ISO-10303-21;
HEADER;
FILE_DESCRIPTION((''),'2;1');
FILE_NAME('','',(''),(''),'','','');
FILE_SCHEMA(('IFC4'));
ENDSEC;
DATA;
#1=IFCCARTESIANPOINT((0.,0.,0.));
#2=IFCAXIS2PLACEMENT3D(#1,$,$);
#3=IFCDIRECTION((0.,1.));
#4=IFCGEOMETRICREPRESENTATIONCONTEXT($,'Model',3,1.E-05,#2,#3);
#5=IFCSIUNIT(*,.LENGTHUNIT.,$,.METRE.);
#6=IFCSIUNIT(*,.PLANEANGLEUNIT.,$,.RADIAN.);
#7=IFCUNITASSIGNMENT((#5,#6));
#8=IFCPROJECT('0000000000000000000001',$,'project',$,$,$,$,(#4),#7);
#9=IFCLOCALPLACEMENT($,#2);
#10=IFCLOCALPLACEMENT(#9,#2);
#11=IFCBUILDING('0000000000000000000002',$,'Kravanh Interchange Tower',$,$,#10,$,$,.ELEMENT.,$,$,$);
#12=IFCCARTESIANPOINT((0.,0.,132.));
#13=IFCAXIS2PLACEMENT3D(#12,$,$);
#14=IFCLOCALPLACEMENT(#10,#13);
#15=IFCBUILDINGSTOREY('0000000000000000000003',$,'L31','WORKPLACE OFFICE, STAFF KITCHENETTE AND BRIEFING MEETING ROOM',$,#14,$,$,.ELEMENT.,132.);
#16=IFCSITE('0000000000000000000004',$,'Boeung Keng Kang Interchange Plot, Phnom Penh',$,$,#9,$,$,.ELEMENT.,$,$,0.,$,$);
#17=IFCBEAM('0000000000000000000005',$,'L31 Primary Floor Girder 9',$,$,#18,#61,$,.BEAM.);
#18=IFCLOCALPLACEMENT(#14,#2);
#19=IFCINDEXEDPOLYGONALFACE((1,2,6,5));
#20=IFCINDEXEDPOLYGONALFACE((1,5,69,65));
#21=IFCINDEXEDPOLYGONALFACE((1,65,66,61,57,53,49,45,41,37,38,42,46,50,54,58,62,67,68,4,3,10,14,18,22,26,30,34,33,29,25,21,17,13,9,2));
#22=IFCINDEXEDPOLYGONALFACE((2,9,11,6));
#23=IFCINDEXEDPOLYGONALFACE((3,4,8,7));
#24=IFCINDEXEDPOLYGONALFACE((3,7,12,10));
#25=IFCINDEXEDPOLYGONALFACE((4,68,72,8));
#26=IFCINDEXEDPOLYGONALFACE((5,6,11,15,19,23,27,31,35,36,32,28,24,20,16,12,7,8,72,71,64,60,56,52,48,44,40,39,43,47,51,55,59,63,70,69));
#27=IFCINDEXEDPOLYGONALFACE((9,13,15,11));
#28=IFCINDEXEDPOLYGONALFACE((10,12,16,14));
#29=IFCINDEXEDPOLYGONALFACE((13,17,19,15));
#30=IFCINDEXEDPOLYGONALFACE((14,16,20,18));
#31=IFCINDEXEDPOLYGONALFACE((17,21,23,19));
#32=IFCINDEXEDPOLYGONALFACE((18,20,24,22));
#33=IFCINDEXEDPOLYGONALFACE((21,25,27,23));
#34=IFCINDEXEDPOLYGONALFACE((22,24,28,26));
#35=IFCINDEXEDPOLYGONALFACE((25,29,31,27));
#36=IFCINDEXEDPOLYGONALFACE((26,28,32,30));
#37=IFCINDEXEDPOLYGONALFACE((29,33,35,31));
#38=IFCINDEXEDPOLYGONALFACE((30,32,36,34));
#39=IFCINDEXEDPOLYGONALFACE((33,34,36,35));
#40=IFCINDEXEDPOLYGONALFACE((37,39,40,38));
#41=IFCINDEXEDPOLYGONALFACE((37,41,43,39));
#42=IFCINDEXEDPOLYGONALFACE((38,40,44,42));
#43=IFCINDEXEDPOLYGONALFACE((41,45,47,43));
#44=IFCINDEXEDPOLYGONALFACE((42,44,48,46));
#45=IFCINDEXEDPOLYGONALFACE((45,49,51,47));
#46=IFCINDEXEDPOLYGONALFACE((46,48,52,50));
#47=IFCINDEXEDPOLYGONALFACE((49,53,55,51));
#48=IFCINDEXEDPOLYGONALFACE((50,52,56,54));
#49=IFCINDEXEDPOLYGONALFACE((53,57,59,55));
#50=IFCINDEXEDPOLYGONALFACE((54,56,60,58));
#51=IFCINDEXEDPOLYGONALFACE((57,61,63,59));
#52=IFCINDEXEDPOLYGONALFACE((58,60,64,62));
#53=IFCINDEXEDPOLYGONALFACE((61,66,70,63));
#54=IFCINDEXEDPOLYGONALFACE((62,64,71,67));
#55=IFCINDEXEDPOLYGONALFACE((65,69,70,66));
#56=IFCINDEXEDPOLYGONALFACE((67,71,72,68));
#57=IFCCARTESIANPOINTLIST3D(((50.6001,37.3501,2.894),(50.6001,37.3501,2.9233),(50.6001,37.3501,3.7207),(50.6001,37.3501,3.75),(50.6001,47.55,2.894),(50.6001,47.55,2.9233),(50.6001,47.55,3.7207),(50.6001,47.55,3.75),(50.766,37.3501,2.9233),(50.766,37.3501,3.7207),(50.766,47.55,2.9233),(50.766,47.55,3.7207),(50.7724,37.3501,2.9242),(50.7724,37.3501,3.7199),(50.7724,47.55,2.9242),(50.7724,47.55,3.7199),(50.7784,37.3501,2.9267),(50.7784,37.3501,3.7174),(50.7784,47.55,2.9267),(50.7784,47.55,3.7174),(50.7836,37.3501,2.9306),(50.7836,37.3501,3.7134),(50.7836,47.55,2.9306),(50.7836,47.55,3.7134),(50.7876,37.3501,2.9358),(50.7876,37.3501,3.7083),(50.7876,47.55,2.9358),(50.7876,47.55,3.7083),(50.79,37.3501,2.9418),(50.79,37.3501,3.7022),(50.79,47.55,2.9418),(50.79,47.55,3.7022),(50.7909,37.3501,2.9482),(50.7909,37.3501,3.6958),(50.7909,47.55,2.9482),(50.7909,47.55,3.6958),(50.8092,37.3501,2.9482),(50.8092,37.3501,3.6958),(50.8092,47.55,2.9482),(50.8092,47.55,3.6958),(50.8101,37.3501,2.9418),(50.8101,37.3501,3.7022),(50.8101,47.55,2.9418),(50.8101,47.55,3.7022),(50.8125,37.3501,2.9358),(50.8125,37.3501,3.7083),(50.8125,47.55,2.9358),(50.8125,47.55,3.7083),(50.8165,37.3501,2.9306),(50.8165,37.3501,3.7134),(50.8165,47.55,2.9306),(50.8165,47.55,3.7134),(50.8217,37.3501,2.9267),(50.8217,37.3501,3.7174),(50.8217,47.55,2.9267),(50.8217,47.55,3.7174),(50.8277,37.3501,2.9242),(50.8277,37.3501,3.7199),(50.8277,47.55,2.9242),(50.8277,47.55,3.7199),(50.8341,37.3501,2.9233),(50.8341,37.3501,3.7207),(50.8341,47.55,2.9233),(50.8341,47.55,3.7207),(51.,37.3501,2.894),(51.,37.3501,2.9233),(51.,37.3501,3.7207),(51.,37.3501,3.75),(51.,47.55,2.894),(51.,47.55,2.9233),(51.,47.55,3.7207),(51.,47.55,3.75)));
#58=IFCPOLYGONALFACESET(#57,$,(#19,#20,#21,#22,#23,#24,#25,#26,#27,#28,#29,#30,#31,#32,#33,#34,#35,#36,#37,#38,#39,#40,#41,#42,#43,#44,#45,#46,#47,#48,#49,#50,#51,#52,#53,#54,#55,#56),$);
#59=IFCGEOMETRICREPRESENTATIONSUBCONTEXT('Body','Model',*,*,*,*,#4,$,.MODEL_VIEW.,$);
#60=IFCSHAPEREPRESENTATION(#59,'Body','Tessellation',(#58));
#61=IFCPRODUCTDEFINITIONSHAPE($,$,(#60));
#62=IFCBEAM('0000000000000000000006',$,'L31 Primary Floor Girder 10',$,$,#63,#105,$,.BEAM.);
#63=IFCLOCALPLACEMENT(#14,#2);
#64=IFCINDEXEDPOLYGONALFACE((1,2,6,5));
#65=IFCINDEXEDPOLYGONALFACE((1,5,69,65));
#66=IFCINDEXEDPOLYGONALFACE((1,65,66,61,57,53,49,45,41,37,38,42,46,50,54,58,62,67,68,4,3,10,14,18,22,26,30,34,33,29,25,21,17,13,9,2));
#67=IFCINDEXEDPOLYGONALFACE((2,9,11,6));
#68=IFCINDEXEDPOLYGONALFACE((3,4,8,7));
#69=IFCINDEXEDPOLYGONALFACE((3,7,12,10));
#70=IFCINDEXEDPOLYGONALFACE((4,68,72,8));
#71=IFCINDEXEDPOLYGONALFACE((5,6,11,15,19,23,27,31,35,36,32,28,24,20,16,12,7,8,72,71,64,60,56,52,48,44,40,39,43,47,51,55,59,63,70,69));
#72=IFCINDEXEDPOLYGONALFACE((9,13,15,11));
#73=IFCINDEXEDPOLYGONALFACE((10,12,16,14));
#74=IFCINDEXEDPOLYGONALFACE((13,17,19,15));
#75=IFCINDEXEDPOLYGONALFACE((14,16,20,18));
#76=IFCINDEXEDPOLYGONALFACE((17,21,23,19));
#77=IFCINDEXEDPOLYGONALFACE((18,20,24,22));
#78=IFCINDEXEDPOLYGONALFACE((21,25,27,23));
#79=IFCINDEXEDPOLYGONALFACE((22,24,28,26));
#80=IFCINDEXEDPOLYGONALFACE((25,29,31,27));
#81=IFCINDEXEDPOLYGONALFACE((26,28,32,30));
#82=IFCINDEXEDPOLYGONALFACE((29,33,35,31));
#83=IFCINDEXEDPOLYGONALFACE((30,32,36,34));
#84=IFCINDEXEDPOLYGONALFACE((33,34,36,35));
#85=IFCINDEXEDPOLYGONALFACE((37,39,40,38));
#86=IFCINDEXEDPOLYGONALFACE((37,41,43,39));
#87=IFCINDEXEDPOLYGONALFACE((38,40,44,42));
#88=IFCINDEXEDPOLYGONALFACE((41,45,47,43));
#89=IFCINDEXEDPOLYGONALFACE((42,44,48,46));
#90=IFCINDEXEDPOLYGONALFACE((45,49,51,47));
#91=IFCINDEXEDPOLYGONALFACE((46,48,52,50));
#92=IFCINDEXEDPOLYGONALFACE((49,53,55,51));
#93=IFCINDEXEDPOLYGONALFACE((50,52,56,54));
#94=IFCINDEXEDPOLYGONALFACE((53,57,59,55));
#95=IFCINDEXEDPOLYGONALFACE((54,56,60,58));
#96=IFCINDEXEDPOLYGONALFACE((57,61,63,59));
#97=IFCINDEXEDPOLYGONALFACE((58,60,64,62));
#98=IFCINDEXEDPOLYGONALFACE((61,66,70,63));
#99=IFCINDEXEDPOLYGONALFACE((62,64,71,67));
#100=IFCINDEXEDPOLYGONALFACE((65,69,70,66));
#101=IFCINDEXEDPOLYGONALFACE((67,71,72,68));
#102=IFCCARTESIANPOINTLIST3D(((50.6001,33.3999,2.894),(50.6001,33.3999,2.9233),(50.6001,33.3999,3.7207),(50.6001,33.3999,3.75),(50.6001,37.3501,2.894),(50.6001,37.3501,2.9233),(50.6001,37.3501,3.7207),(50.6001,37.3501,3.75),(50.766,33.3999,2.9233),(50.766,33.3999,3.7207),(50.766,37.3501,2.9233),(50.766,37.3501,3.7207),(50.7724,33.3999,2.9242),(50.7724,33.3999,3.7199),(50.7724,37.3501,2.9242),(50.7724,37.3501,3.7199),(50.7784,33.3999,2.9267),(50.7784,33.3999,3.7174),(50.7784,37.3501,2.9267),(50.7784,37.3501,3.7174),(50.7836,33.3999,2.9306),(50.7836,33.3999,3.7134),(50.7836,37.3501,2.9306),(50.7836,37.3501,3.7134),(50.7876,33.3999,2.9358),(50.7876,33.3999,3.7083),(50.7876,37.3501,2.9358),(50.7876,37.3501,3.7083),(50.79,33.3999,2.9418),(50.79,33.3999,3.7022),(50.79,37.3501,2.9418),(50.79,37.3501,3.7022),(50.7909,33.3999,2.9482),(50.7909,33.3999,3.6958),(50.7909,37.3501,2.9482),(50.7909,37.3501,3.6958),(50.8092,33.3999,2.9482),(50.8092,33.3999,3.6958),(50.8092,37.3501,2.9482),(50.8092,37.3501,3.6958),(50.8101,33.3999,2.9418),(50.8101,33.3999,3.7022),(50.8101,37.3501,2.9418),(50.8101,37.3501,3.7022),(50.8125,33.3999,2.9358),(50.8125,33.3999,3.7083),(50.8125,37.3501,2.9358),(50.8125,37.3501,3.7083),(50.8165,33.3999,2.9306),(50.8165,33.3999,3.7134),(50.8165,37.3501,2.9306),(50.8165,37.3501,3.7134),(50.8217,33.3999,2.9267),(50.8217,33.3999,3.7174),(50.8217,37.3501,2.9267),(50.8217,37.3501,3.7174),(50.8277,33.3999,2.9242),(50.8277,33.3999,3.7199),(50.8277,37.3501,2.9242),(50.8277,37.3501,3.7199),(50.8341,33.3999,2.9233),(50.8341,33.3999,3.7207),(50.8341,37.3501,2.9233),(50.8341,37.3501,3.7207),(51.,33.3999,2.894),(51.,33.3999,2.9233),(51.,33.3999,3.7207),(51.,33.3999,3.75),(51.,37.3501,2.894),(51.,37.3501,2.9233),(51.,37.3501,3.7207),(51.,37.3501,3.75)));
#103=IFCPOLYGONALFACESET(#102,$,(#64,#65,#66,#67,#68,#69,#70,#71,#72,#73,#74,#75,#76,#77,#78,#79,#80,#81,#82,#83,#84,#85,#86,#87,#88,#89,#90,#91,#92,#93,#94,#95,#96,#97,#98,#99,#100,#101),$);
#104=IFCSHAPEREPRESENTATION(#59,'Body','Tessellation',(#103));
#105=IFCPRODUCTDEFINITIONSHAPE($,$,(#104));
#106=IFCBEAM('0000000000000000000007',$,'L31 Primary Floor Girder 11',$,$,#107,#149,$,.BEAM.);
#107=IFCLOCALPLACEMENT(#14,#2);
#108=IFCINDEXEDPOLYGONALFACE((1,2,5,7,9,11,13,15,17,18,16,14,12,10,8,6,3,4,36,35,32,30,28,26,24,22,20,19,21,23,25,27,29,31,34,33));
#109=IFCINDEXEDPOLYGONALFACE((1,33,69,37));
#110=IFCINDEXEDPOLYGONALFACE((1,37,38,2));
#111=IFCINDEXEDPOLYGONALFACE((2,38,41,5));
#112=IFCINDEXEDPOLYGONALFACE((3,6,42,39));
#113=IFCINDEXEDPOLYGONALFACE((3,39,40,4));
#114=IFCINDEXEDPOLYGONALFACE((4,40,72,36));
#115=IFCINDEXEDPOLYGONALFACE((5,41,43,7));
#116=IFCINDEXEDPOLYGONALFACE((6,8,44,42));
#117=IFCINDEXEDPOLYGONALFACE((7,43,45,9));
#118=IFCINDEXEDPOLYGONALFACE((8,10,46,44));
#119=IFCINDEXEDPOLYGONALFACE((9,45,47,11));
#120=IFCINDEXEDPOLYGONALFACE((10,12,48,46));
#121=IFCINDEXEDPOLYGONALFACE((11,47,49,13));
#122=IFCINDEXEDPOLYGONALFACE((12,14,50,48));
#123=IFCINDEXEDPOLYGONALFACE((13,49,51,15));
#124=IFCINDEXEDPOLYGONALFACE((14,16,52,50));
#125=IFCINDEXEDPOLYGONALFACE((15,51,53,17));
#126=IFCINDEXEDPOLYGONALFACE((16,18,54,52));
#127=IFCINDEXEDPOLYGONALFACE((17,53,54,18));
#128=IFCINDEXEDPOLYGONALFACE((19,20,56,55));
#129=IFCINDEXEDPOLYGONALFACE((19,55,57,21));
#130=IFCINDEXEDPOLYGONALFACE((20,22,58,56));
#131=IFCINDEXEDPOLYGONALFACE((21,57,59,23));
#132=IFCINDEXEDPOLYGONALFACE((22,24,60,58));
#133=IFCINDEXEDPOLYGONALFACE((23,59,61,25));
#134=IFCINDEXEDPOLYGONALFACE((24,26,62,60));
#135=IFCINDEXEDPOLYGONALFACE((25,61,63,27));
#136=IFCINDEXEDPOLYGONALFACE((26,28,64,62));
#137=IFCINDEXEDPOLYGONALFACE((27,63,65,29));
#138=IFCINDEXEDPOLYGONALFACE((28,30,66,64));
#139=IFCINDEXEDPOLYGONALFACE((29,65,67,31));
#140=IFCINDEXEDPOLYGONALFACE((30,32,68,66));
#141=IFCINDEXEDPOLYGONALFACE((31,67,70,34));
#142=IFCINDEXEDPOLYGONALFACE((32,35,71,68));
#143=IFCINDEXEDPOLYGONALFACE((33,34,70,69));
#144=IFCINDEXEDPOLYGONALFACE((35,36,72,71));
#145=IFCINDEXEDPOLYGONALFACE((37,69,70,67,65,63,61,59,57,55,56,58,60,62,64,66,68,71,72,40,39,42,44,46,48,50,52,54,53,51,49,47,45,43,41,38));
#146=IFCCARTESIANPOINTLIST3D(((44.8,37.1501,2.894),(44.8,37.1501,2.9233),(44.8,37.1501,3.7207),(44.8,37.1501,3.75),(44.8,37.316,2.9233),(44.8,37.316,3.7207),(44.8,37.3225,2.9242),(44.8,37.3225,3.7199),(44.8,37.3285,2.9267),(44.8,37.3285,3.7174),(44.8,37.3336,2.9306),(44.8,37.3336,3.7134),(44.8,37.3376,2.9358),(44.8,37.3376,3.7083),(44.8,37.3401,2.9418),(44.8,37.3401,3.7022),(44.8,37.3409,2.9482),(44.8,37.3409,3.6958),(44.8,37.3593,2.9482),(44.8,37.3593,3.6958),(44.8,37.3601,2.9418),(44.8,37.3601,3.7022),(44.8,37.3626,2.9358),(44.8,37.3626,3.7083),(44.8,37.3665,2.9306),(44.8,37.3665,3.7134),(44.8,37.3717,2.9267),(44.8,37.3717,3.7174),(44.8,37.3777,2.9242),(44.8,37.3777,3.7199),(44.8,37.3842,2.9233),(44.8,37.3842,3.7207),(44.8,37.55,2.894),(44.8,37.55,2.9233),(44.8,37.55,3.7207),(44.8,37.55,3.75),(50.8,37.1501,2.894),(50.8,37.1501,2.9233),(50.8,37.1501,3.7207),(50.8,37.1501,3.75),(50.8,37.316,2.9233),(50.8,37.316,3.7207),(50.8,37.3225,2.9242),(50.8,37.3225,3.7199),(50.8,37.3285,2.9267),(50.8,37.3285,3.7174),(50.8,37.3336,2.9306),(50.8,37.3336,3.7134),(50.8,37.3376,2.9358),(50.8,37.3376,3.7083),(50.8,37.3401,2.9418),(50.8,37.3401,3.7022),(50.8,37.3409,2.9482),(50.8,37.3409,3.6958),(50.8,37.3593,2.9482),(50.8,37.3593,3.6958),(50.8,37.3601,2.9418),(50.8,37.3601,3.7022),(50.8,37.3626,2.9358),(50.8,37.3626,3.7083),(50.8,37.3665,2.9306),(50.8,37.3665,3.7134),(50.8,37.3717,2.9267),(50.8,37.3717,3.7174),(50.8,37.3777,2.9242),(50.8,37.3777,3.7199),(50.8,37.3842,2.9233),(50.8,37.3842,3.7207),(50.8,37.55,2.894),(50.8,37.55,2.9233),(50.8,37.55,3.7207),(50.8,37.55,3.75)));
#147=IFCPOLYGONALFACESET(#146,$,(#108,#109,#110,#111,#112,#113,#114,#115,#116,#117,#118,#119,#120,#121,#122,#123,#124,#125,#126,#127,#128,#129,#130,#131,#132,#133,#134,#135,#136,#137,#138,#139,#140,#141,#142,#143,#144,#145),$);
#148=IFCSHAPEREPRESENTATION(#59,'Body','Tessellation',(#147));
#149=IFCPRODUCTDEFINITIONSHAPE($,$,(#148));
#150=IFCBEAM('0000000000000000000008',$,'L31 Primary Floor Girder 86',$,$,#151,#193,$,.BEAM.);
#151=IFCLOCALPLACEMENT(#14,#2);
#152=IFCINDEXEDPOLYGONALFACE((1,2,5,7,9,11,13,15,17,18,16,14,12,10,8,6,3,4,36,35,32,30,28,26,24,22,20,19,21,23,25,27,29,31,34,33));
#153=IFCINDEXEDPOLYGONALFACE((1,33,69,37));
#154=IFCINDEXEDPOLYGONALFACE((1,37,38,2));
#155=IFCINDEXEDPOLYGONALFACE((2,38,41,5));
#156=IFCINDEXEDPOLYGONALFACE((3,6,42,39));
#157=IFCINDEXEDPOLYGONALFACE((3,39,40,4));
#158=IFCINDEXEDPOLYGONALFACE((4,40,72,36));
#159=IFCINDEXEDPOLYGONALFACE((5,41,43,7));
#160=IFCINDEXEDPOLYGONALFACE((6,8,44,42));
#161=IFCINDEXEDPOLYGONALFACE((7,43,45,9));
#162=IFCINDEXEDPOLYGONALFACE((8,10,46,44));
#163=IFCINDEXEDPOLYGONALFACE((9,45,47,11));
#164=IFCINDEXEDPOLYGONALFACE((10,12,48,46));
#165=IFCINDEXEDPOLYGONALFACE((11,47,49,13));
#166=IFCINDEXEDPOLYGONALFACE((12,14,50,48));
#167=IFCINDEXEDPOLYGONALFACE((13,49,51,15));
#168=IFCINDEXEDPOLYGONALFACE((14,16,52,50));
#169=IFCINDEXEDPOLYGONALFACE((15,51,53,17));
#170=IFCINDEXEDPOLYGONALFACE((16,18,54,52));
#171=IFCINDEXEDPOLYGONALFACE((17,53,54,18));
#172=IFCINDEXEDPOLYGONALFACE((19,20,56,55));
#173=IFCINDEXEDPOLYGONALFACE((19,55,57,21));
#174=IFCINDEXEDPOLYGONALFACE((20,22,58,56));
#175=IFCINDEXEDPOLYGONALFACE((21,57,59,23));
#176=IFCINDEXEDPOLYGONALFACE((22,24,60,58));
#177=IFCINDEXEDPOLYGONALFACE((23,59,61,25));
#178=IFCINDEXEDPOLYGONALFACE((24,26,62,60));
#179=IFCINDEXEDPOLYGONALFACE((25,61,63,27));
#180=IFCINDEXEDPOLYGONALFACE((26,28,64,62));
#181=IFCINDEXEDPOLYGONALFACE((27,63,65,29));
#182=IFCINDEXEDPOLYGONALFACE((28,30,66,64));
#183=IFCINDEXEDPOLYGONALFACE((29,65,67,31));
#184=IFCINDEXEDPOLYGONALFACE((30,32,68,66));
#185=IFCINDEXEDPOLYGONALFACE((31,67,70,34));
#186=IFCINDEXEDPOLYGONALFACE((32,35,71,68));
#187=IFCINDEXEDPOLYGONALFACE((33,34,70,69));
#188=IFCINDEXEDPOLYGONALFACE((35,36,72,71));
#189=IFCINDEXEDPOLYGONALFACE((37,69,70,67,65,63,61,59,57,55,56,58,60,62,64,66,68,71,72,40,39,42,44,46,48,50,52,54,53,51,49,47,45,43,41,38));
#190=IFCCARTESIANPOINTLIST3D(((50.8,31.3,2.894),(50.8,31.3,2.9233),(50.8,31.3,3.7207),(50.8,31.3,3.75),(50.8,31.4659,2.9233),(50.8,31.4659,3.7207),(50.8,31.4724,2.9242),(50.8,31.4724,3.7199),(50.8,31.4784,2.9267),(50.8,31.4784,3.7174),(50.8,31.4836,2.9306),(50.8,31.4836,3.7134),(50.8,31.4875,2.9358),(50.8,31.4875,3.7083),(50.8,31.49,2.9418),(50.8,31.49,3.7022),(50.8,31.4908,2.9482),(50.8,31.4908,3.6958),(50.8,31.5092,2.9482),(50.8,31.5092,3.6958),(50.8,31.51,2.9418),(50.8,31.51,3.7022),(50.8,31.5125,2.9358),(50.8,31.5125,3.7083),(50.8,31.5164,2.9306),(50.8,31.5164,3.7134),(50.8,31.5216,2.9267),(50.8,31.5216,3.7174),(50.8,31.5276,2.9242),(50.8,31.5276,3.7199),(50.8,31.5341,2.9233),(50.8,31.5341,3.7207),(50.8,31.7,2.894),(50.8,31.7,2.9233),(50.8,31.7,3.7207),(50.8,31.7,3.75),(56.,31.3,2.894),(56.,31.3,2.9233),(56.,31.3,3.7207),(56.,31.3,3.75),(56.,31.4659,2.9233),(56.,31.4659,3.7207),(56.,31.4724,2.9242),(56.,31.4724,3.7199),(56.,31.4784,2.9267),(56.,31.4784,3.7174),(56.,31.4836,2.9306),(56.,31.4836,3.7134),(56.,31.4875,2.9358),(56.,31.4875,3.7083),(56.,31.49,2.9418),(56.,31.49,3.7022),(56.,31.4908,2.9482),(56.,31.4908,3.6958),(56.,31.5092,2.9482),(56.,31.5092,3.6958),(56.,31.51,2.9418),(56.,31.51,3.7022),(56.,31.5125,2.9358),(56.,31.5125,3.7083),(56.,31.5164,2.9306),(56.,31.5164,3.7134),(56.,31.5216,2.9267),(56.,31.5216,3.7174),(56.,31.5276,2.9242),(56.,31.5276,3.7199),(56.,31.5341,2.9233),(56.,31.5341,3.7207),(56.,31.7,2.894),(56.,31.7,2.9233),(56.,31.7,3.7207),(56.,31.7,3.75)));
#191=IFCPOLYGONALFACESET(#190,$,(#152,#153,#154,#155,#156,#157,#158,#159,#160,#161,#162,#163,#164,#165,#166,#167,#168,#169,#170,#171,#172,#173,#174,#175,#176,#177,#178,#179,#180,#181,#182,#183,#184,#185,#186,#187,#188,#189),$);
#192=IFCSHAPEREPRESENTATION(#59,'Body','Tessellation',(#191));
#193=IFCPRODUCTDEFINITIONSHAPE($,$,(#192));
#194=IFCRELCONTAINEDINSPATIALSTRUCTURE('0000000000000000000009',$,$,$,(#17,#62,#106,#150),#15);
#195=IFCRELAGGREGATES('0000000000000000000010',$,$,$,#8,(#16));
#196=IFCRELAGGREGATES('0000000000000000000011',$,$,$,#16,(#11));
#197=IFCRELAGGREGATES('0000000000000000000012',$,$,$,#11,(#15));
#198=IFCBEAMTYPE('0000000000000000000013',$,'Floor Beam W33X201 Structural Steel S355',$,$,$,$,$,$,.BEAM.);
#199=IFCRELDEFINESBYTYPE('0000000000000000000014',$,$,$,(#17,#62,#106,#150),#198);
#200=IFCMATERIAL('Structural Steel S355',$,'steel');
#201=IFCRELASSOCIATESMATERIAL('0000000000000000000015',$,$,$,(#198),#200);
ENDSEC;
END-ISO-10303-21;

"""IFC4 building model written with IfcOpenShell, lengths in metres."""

from ifc_helpers import new_model, si_unit, direction, frame, origin, origin_2d, place, context, subcontext, project, spatial, i_section, extrude, material, material_profile, profile_set, type_object, element, save


model = new_model("IFC4")

# Units and contexts
model_context = context("Model", 3, precision=1e-05, world=origin(), true_north=direction((0.0, 1.0)))
body_context = subcontext(model_context, "Body", "Model", "MODEL_VIEW")
ifc_project = project(units=[si_unit("LENGTHUNIT", "METRE"), si_unit("PLANEANGLEUNIT", "RADIAN")], contexts=[model_context])

# Site, building, storey
site_placement = place(None, origin())
site = spatial("IfcSite", under=ifc_project, at=site_placement, Name="Boeung Keng Kang Interchange Plot, Phnom Penh", CompositionType="ELEMENT", RefElevation=0.0)
building_placement = place(site_placement, origin())
building = spatial("IfcBuilding", under=site, at=building_placement, Name="Kravanh Interchange Tower", CompositionType="ELEMENT")
storey_placement = place(building_placement, frame((0.0, 0.0, 132.0)))
storey = spatial("IfcBuildingStorey", under=building, at=storey_placement, Name="L31", Description="WORKPLACE OFFICE, STAFF KITCHENETTE AND BRIEFING MEETING ROOM", CompositionType="ELEMENT", Elevation=132.0)

# Beams
ifc_material_1 = material(Name="Structural Steel S355", Category="steel")
ifc_material_profile_1 = material_profile(ifc_material_1, i_section(OverallWidth=0.3999, OverallDepth=0.856, WebThickness=0.0183, FlangeThickness=0.0293, FilletRadius=0.0249, at=origin_2d()), Name="W33X201")
ifc_profile_set_1 = profile_set([ifc_material_profile_1], Name="Structural Steel S355")
beam_type_1 = type_object("IfcBeamType", Name="Floor Beam W33X201 Structural Steel S355", PredefinedType="BEAM", material=ifc_profile_set_1)
beam_1_placement = place(storey_placement, frame((50.8, 47.55, 3.322), z_axis=(0.0, -1.0, 0.0), x_axis=(1.0, 0.0, 0.0)))
element("IfcBeam", 1, at=beam_1_placement, inside=storey, type_object=beam_type_1, Name="L31 Primary Floor Girder 9", PredefinedType="BEAM", context=body_context, shape_type="SweptSolid", body=[
    extrude(i_section(OverallWidth=0.3999, OverallDepth=0.856, WebThickness=0.0183, FlangeThickness=0.0293, FilletRadius=0.0249, at=origin_2d()), origin(), (0.0, 0.0, 1.0), 10.2),
])
beam_2_placement = place(storey_placement, frame((50.8, 37.3501, 3.322), z_axis=(0.0, -1.0, 0.0), x_axis=(1.0, 0.0, 0.0)))
element("IfcBeam", 2, at=beam_2_placement, inside=storey, type_object=beam_type_1, Name="L31 Primary Floor Girder 10", PredefinedType="BEAM", context=body_context, shape_type="SweptSolid", body=[
    extrude(i_section(OverallWidth=0.3999, OverallDepth=0.856, WebThickness=0.0183, FlangeThickness=0.0293, FilletRadius=0.0249, at=origin_2d()), origin(), (0.0, 0.0, 1.0), 3.9502),
])
beam_3_placement = place(storey_placement, frame((50.8, 37.3501, 3.322), z_axis=(-1.0, 0.0, 0.0), x_axis=(0.0, -1.0, 0.0)))
element("IfcBeam", 3, at=beam_3_placement, inside=storey, type_object=beam_type_1, Name="L31 Primary Floor Girder 11", PredefinedType="BEAM", context=body_context, shape_type="SweptSolid", body=[
    extrude(i_section(OverallWidth=0.3999, OverallDepth=0.856, WebThickness=0.0183, FlangeThickness=0.0293, FilletRadius=0.0249, at=origin_2d()), origin(), (0.0, 0.0, 1.0), 6.0),
])
beam_4_placement = place(storey_placement, frame((50.8, 31.5, 3.322), z_axis=(1.0, 0.0, 0.0), x_axis=(0.0, 1.0, 0.0)))
element("IfcBeam", 4, at=beam_4_placement, inside=storey, type_object=beam_type_1, Name="L31 Primary Floor Girder 86", PredefinedType="BEAM", context=body_context, shape_type="SweptSolid", body=[
    extrude(i_section(OverallWidth=0.3999, OverallDepth=0.856, WebThickness=0.0183, FlangeThickness=0.0293, FilletRadius=0.0249, at=origin_2d()), origin(), (0.0, 0.0, 1.0), 5.2),
])

save(model, "model.ifc")
